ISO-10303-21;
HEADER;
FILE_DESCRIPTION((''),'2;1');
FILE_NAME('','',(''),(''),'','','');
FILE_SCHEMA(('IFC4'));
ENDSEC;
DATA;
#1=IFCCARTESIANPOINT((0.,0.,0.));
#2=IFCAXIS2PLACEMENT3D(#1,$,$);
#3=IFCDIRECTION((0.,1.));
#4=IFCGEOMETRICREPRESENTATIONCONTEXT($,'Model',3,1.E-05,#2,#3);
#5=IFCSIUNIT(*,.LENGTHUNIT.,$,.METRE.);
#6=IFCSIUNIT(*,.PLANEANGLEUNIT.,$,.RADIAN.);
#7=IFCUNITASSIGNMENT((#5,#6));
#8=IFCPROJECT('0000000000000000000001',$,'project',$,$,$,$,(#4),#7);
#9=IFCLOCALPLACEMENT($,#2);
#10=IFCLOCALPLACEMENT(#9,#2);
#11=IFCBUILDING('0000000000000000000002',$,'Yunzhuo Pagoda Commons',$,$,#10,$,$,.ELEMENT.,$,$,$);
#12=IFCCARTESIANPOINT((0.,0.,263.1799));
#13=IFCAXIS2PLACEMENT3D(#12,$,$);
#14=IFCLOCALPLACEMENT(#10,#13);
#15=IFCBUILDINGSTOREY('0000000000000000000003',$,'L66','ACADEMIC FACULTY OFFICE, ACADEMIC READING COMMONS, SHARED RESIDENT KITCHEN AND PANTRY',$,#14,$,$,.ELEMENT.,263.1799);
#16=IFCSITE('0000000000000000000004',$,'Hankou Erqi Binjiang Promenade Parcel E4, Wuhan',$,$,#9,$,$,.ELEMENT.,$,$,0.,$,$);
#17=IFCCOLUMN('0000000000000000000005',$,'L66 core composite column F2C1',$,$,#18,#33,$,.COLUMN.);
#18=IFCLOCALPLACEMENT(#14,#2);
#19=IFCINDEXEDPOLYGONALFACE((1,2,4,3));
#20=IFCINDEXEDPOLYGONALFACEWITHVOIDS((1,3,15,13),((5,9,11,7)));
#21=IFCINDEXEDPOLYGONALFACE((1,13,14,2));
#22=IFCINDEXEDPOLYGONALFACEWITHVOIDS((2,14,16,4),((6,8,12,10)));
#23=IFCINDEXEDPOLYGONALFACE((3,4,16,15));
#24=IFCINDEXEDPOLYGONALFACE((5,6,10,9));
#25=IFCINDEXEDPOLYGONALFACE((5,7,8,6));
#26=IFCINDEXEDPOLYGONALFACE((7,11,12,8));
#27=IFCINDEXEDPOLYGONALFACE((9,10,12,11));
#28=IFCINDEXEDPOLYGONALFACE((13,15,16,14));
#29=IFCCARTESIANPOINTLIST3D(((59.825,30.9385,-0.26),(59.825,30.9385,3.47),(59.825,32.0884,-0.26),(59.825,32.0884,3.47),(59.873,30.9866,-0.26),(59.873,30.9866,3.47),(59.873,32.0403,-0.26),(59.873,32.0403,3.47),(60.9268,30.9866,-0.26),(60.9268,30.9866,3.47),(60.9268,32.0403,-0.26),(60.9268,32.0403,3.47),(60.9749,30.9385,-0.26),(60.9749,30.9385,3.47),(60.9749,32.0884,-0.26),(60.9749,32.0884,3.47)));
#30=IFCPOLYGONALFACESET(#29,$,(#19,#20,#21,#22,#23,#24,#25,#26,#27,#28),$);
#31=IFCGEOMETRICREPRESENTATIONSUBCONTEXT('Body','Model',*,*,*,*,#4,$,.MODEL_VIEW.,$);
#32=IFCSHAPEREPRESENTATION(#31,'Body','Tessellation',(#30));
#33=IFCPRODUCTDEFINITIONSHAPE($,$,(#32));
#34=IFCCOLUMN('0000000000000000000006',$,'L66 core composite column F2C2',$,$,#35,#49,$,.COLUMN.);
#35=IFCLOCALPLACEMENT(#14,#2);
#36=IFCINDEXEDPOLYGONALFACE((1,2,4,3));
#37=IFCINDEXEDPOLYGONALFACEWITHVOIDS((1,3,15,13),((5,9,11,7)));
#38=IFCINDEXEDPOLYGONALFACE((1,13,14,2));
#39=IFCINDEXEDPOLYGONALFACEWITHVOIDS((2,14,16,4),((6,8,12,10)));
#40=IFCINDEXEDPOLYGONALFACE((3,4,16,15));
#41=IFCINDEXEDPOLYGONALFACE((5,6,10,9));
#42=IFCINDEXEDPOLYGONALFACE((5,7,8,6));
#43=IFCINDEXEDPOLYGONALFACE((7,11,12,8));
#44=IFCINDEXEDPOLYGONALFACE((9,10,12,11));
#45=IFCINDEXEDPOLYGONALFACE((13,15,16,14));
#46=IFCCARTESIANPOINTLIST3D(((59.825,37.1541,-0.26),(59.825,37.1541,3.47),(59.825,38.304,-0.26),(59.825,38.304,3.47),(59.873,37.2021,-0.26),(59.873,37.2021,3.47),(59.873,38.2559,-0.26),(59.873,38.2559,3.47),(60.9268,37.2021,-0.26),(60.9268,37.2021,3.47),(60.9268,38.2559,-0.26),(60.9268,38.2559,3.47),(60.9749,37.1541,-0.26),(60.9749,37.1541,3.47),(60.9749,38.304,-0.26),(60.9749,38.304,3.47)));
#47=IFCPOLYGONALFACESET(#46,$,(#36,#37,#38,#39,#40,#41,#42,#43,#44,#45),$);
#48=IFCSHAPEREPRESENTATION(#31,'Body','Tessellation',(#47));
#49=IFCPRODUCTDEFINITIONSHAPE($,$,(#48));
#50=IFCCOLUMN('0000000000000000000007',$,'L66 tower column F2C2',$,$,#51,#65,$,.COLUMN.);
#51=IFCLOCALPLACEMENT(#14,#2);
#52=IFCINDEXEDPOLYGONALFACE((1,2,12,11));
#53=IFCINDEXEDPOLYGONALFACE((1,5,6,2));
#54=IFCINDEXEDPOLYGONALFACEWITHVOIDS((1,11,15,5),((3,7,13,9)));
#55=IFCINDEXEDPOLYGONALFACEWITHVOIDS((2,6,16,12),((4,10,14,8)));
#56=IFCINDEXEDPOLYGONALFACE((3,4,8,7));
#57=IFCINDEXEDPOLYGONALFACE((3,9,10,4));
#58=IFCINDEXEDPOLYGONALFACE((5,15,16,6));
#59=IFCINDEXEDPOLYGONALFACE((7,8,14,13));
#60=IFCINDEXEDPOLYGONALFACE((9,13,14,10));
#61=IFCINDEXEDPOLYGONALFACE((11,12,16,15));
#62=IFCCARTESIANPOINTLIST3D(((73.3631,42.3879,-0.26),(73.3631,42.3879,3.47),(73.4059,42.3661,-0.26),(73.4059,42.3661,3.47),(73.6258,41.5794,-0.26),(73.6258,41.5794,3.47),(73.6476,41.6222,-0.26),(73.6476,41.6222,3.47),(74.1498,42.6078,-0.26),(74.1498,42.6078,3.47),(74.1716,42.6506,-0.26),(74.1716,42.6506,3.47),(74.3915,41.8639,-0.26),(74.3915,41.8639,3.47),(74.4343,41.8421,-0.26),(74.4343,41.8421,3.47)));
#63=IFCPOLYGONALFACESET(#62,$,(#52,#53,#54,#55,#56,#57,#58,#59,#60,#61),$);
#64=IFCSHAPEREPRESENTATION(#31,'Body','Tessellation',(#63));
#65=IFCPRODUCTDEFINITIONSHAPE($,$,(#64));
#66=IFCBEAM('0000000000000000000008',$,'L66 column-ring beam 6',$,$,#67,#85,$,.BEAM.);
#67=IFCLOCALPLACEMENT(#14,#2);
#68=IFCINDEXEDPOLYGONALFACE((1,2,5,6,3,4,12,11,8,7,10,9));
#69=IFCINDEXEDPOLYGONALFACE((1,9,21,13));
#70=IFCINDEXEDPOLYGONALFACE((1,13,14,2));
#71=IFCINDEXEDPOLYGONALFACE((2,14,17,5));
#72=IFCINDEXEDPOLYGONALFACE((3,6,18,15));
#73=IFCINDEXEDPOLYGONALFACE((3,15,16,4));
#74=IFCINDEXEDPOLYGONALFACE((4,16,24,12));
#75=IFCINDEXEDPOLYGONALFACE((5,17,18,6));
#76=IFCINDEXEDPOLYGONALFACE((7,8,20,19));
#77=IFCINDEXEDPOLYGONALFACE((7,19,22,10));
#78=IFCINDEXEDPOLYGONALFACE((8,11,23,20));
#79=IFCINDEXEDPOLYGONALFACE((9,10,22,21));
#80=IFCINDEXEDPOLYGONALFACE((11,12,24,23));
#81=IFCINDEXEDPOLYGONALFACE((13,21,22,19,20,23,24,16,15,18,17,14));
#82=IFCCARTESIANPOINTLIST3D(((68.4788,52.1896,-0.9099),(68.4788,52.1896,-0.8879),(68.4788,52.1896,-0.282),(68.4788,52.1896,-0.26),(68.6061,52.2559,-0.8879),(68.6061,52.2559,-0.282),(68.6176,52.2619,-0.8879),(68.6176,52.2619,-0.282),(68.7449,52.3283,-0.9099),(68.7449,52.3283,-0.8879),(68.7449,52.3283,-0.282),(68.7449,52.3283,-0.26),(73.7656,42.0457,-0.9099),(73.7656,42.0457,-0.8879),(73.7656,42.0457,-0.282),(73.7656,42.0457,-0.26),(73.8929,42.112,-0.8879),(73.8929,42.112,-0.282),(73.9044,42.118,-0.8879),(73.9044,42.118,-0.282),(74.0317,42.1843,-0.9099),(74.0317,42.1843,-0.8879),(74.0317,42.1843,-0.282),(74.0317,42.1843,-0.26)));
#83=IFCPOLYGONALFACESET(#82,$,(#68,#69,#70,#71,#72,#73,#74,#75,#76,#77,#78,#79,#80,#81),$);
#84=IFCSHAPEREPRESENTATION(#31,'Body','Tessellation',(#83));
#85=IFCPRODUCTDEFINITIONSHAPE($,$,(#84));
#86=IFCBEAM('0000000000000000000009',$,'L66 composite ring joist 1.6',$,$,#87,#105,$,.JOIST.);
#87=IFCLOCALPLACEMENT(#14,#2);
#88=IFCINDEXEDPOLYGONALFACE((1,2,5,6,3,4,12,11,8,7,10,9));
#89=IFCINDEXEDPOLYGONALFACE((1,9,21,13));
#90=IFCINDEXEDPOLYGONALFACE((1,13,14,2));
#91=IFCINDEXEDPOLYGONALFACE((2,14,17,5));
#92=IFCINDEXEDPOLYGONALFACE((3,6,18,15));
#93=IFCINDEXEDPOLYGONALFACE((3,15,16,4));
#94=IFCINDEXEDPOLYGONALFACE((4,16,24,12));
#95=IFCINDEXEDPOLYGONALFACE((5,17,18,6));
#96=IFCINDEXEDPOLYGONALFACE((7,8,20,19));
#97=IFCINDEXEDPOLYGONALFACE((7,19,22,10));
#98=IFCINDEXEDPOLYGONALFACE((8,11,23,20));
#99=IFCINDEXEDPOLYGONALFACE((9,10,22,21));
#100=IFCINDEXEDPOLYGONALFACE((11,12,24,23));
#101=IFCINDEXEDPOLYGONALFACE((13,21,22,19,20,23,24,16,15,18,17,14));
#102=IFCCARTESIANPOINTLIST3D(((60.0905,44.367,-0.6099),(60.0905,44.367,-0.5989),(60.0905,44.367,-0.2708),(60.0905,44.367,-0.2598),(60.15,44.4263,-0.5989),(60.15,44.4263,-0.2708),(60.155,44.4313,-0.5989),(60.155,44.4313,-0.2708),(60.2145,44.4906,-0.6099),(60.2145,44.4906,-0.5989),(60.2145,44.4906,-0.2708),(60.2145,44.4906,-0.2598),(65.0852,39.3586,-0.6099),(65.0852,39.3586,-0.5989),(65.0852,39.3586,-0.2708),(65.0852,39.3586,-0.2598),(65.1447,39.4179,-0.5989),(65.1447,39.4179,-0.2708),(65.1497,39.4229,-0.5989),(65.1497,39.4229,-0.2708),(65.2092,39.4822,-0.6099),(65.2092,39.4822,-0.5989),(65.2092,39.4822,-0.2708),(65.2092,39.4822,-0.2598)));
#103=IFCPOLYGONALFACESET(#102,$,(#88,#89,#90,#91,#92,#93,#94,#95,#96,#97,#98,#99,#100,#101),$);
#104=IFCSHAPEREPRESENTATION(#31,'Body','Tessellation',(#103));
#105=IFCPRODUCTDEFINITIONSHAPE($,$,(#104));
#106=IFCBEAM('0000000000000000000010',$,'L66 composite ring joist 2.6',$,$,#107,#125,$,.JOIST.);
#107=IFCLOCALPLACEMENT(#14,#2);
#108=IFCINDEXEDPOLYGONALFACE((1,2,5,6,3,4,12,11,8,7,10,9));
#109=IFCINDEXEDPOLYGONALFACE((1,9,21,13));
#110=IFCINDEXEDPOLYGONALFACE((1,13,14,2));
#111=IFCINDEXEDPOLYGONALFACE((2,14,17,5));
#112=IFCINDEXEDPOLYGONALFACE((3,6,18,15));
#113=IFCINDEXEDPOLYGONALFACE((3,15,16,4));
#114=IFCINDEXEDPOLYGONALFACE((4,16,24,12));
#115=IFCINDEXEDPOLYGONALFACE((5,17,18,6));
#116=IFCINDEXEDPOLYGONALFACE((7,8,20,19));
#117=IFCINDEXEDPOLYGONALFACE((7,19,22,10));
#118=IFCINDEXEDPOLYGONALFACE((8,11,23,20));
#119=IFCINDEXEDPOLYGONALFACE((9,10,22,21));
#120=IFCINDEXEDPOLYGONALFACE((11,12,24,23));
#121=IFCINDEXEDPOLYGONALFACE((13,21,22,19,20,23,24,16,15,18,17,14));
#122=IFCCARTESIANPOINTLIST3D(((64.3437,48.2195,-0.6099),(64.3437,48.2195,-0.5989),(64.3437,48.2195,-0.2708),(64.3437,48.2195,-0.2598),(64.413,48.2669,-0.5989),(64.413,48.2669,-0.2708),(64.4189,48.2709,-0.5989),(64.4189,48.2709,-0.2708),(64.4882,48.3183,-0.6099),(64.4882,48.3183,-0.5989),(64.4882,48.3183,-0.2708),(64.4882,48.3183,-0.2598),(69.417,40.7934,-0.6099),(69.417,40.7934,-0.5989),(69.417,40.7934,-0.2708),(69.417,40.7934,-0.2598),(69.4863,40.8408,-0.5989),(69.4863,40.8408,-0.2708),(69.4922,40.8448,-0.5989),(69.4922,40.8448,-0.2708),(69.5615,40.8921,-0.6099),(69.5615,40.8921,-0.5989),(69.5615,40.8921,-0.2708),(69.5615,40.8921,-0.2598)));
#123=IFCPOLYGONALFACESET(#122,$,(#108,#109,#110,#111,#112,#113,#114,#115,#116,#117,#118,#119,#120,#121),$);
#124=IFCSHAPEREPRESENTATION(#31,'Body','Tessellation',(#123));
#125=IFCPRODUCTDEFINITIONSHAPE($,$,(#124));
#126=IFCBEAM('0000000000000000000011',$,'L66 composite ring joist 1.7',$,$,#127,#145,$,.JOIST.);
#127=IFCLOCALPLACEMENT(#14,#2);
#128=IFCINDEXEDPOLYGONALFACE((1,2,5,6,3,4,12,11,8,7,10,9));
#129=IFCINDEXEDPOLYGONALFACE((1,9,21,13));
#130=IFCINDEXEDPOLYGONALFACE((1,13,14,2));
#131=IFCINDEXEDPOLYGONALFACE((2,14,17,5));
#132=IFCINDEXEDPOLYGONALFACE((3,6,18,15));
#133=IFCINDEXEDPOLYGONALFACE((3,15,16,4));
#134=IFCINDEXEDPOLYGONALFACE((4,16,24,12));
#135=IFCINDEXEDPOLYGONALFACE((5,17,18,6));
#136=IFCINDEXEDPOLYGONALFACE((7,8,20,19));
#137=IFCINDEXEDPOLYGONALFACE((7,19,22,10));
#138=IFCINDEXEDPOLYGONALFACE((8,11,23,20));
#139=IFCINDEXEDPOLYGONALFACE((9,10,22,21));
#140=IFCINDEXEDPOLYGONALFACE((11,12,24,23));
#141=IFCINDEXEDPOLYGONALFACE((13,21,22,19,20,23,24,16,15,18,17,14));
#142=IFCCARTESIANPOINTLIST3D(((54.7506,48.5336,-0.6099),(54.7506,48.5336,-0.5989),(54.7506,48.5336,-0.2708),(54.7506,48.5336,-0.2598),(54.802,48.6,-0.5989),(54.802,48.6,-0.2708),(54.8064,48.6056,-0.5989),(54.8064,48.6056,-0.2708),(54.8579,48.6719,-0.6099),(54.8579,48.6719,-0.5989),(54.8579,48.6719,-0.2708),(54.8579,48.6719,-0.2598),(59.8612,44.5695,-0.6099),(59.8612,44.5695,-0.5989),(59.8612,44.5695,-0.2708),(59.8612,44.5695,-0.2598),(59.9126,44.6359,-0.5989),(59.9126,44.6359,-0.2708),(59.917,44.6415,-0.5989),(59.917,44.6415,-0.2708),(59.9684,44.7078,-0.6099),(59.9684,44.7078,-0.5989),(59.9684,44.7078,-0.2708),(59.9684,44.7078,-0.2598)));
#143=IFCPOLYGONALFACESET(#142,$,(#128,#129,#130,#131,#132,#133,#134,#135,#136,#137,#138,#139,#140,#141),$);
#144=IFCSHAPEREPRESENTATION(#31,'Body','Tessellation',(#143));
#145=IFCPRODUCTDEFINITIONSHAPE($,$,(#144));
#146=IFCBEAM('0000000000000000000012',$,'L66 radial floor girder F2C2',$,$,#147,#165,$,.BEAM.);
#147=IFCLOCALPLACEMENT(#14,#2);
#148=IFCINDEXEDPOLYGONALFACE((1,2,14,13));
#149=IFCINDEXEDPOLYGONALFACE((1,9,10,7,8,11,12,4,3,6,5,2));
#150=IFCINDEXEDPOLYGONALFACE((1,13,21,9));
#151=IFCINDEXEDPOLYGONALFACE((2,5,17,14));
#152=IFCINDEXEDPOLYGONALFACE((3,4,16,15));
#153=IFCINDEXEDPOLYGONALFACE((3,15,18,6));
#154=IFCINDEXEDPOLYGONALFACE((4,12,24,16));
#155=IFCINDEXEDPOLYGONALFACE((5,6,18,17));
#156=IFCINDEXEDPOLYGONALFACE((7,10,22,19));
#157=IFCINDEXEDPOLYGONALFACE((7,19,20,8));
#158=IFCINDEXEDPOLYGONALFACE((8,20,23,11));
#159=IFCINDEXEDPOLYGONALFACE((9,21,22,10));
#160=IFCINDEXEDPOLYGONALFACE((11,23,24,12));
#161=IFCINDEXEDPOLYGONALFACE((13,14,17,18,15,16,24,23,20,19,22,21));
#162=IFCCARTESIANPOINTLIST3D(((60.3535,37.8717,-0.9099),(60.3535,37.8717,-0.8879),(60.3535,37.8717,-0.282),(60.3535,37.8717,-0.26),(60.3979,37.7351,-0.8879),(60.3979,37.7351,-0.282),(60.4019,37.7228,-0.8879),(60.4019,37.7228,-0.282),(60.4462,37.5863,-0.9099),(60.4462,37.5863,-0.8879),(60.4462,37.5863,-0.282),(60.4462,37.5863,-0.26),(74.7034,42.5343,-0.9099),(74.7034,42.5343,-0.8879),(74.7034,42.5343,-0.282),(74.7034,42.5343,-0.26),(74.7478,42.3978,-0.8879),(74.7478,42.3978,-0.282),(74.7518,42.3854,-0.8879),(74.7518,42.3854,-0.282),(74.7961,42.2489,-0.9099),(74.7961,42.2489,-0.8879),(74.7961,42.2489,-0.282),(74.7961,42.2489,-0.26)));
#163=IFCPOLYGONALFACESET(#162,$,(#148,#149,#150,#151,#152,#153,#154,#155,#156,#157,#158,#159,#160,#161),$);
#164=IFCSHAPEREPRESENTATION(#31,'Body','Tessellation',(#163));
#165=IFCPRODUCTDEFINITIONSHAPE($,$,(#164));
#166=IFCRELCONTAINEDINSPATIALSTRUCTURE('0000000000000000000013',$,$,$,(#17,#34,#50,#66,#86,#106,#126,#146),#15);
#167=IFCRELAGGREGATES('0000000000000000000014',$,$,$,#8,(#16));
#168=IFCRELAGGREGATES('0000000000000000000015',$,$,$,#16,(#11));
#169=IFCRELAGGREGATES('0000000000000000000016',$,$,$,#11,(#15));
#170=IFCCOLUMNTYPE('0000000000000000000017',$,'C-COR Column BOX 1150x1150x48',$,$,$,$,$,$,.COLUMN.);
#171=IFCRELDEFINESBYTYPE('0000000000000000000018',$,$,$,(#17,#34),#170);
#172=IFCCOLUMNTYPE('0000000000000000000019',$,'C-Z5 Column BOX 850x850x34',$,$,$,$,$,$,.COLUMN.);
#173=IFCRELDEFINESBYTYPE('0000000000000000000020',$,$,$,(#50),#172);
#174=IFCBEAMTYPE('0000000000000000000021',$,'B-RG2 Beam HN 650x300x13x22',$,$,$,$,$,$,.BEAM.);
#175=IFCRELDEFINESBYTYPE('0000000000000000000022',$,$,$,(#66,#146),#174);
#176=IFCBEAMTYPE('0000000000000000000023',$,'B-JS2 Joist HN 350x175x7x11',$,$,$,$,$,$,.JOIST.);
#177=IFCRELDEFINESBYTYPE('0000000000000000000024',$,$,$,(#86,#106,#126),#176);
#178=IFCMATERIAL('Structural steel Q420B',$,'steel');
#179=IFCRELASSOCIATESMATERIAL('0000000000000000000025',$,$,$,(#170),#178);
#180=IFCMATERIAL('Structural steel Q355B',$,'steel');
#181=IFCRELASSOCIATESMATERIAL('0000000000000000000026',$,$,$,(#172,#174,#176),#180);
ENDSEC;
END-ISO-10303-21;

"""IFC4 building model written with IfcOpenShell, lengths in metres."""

from ifc_helpers import new_model, si_unit, direction, frame, origin, origin_2d, place, context, subcontext, project, spatial, hollow_rectangle, i_section, extrude, source, transform, mapped, material, material_profile, profile_set, type_object, element, save


model = new_model("IFC4")

# Units and contexts
model_context = context("Model", 3, precision=1e-05, world=origin(), true_north=direction((0.0, 1.0)))
body_context = subcontext(model_context, "Body", "Model", "MODEL_VIEW")
ifc_project = project(units=[si_unit("LENGTHUNIT", "METRE"), si_unit("PLANEANGLEUNIT", "RADIAN")], contexts=[model_context])

# Site, building, storey
site_placement = place(None, origin())
site = spatial("IfcSite", under=ifc_project, at=site_placement, Name="Hankou Erqi Binjiang Promenade Parcel E4, Wuhan", CompositionType="ELEMENT", RefElevation=0.0)
building_placement = place(site_placement, origin())
building = spatial("IfcBuilding", under=site, at=building_placement, Name="Yunzhuo Pagoda Commons", CompositionType="ELEMENT")
storey_placement = place(building_placement, frame((0.0, 0.0, 263.1799)))
storey = spatial("IfcBuildingStorey", under=building, at=storey_placement, Name="L66", Description="ACADEMIC FACULTY OFFICE, ACADEMIC READING COMMONS, SHARED RESIDENT KITCHEN AND PANTRY", CompositionType="ELEMENT", Elevation=263.1799)

# Columns
ifc_material_1 = material(Name="Structural steel Q420B", Category="steel")
ifc_material_profile_1 = material_profile(ifc_material_1, hollow_rectangle(XDim=1.1499, YDim=1.1499, WallThickness=0.0481, at=origin_2d()), Name="Structural steel Q420B")
ifc_profile_set_1 = profile_set([ifc_material_profile_1], Name="Structural steel Q420B")
column_type_1 = type_object("IfcColumnType", Name="C-COR Column BOX 1150x1150x48", PredefinedType="COLUMN", material=ifc_profile_set_1)
shared_shape_1 = source(origin(), body_context, "Body", "SweptSolid", [
    extrude(hollow_rectangle(XDim=1.1499, YDim=1.1499, WallThickness=0.0481, at=origin_2d()), origin(), (0.0, 0.0, 1.0), 3.73),
])
for number, where, z_axis, x_axis, name in (
    (1, (60.3999, 31.5134, -0.26), (0.0, 0.0, 1.0), (1.0, 0.0, 0.0), "L66 core composite column F2C1"),
    (2, (60.3999, 37.729, -0.26), (0.0, 0.0, 1.0), (1.0, 0.0, 0.0), "L66 core composite column F2C2"),
):
    element("IfcColumn", number, at=place(storey_placement, frame(where, z_axis=z_axis, x_axis=x_axis)), inside=storey, type_object=column_type_1, Name=name, PredefinedType="COLUMN", context=body_context, shape_type="MappedRepresentation", body=[
        mapped(shared_shape_1, transform((0.0, 0.0, 0.0), scale=1.0)),
    ])
ifc_material_2 = material(Name="Structural steel Q355B", Category="steel")
ifc_material_profile_2 = material_profile(ifc_material_2, hollow_rectangle(XDim=0.8501, YDim=0.8501, WallThickness=0.0339, at=origin_2d()), Name="Structural steel Q355B")
ifc_profile_set_2 = profile_set([ifc_material_profile_2], Name="Structural steel Q355B")
column_type_2 = type_object("IfcColumnType", Name="C-Z5 Column BOX 850x850x34", PredefinedType="COLUMN", material=ifc_profile_set_2)
shared_shape_2 = source(origin(), body_context, "Body", "SweptSolid", [
    extrude(hollow_rectangle(XDim=0.8501, YDim=0.8501, WallThickness=0.0339, at=origin_2d()), origin(), (0.0, 0.0, 1.0), 3.73),
])
column_placement = place(storey_placement, frame((73.8987, 42.115, -0.26), z_axis=(0.0, 0.0, 1.0), x_axis=(-0.309017, 0.951057, 0.0)))
element("IfcColumn", 3, at=column_placement, inside=storey, type_object=column_type_2, Name="L66 tower column F2C2", PredefinedType="COLUMN", context=body_context, shape_type="MappedRepresentation", body=[
    mapped(shared_shape_2, transform((0.0, 0.0, 0.0), scale=1.0)),
])

# Beams
ifc_material_profile_3 = material_profile(ifc_material_2, i_section(OverallWidth=0.3, OverallDepth=0.6499, WebThickness=0.0129, FlangeThickness=0.022, at=origin_2d()), Name="Structural steel Q355B")
ifc_profile_set_3 = profile_set([ifc_material_profile_3], Name="Structural steel Q355B")
beam_type_1 = type_object("IfcBeamType", Name="B-RG2 Beam HN 650x300x13x22", PredefinedType="BEAM", material=ifc_profile_set_3)
shared_shape_3 = source(origin(), body_context, "Body", "SweptSolid", [
    extrude(i_section(OverallWidth=0.3, OverallDepth=0.6499, WebThickness=0.0129, FlangeThickness=0.022, at=origin_2d()), origin(), (0.0, 0.0, 1.0), 11.439),
])
beam_1_placement = place(storey_placement, frame((73.8987, 42.115, -0.585), z_axis=(-0.462176, 0.886788, 0.0), x_axis=(-0.886788, -0.462176, 0.0)))
element("IfcBeam", 4, at=beam_1_placement, inside=storey, type_object=beam_type_1, Name="L66 column-ring beam 6", PredefinedType="BEAM", context=body_context, shape_type="MappedRepresentation", body=[
    mapped(shared_shape_3, transform((0.0, 0.0, 0.0), scale=1.0)),
])
ifc_material_profile_4 = material_profile(ifc_material_2, i_section(OverallWidth=0.175, OverallDepth=0.3501, WebThickness=0.0071, FlangeThickness=0.011, at=origin_2d()), Name="Structural steel Q355B")
ifc_profile_set_4 = profile_set([ifc_material_profile_4], Name="Structural steel Q355B")
beam_type_2 = type_object("IfcBeamType", Name="B-JS2 Joist HN 350x175x7x11", PredefinedType="JOIST", material=ifc_profile_set_4)
shared_shape_4 = source(origin(), body_context, "Body", "SweptSolid", [
    extrude(i_section(OverallWidth=0.175, OverallDepth=0.3501, WebThickness=0.0071, FlangeThickness=0.011, at=origin_2d()), origin(), (0.0, 0.0, 1.0), 7.0732),
])
beam_2_placement = place(storey_placement, frame((65.1472, 39.4204, -0.4348), z_axis=(-0.70614, 0.708073, 0.0), x_axis=(-0.708073, -0.70614, 0.0)))
element("IfcBeam", 5, at=beam_2_placement, inside=storey, type_object=beam_type_2, Name="L66 composite ring joist 1.6", PredefinedType="JOIST", context=body_context, shape_type="MappedRepresentation", body=[
    mapped(shared_shape_4, transform((0.0, 0.0, 0.0), scale=1.0)),
])
shared_shape_5 = source(origin(), body_context, "Body", "SweptSolid", [
    extrude(i_section(OverallWidth=0.175, OverallDepth=0.3501, WebThickness=0.0071, FlangeThickness=0.011, at=origin_2d()), origin(), (0.0, 0.0, 1.0), 8.9937),
])
beam_3_placement = place(storey_placement, frame((69.4893, 40.8428, -0.4348), z_axis=(-0.564099, 0.825707, 0.0), x_axis=(-0.825707, -0.564099, 0.0)))
element("IfcBeam", 6, at=beam_3_placement, inside=storey, type_object=beam_type_2, Name="L66 composite ring joist 2.6", PredefinedType="JOIST", context=body_context, shape_type="MappedRepresentation", body=[
    mapped(shared_shape_5, transform((0.0, 0.0, 0.0), scale=1.0)),
])
shared_shape_6 = source(origin(), body_context, "Body", "SweptSolid", [
    extrude(i_section(OverallWidth=0.175, OverallDepth=0.3501, WebThickness=0.0071, FlangeThickness=0.011, at=origin_2d()), origin(), (0.0, 0.0, 1.0), 6.4678),
])
beam_4_placement = place(storey_placement, frame((59.9148, 44.6387, -0.4348), z_axis=(-0.79016, 0.6129, 0.0), x_axis=(-0.6129, -0.79016, 0.0)))
element("IfcBeam", 7, at=beam_4_placement, inside=storey, type_object=beam_type_2, Name="L66 composite ring joist 1.7", PredefinedType="JOIST", context=body_context, shape_type="MappedRepresentation", body=[
    mapped(shared_shape_6, transform((0.0, 0.0, 0.0), scale=1.0)),
])
shared_shape_7 = source(origin(), body_context, "Body", "SweptSolid", [
    extrude(i_section(OverallWidth=0.3, OverallDepth=0.6499, WebThickness=0.0129, FlangeThickness=0.022, at=origin_2d()), origin(), (0.0, 0.0, 1.0), 15.0884),
])
beam_5_placement = place(storey_placement, frame((74.7498, 42.3916, -0.585), z_axis=(-0.951056, -0.30902, 0.0), x_axis=(0.30902, -0.951056, 0.0)))
element("IfcBeam", 8, at=beam_5_placement, inside=storey, type_object=beam_type_1, Name="L66 radial floor girder F2C2", PredefinedType="BEAM", context=body_context, shape_type="MappedRepresentation", body=[
    mapped(shared_shape_7, transform((0.0, 0.0, 0.0), scale=1.0)),
])

save(model, "model.ifc")
